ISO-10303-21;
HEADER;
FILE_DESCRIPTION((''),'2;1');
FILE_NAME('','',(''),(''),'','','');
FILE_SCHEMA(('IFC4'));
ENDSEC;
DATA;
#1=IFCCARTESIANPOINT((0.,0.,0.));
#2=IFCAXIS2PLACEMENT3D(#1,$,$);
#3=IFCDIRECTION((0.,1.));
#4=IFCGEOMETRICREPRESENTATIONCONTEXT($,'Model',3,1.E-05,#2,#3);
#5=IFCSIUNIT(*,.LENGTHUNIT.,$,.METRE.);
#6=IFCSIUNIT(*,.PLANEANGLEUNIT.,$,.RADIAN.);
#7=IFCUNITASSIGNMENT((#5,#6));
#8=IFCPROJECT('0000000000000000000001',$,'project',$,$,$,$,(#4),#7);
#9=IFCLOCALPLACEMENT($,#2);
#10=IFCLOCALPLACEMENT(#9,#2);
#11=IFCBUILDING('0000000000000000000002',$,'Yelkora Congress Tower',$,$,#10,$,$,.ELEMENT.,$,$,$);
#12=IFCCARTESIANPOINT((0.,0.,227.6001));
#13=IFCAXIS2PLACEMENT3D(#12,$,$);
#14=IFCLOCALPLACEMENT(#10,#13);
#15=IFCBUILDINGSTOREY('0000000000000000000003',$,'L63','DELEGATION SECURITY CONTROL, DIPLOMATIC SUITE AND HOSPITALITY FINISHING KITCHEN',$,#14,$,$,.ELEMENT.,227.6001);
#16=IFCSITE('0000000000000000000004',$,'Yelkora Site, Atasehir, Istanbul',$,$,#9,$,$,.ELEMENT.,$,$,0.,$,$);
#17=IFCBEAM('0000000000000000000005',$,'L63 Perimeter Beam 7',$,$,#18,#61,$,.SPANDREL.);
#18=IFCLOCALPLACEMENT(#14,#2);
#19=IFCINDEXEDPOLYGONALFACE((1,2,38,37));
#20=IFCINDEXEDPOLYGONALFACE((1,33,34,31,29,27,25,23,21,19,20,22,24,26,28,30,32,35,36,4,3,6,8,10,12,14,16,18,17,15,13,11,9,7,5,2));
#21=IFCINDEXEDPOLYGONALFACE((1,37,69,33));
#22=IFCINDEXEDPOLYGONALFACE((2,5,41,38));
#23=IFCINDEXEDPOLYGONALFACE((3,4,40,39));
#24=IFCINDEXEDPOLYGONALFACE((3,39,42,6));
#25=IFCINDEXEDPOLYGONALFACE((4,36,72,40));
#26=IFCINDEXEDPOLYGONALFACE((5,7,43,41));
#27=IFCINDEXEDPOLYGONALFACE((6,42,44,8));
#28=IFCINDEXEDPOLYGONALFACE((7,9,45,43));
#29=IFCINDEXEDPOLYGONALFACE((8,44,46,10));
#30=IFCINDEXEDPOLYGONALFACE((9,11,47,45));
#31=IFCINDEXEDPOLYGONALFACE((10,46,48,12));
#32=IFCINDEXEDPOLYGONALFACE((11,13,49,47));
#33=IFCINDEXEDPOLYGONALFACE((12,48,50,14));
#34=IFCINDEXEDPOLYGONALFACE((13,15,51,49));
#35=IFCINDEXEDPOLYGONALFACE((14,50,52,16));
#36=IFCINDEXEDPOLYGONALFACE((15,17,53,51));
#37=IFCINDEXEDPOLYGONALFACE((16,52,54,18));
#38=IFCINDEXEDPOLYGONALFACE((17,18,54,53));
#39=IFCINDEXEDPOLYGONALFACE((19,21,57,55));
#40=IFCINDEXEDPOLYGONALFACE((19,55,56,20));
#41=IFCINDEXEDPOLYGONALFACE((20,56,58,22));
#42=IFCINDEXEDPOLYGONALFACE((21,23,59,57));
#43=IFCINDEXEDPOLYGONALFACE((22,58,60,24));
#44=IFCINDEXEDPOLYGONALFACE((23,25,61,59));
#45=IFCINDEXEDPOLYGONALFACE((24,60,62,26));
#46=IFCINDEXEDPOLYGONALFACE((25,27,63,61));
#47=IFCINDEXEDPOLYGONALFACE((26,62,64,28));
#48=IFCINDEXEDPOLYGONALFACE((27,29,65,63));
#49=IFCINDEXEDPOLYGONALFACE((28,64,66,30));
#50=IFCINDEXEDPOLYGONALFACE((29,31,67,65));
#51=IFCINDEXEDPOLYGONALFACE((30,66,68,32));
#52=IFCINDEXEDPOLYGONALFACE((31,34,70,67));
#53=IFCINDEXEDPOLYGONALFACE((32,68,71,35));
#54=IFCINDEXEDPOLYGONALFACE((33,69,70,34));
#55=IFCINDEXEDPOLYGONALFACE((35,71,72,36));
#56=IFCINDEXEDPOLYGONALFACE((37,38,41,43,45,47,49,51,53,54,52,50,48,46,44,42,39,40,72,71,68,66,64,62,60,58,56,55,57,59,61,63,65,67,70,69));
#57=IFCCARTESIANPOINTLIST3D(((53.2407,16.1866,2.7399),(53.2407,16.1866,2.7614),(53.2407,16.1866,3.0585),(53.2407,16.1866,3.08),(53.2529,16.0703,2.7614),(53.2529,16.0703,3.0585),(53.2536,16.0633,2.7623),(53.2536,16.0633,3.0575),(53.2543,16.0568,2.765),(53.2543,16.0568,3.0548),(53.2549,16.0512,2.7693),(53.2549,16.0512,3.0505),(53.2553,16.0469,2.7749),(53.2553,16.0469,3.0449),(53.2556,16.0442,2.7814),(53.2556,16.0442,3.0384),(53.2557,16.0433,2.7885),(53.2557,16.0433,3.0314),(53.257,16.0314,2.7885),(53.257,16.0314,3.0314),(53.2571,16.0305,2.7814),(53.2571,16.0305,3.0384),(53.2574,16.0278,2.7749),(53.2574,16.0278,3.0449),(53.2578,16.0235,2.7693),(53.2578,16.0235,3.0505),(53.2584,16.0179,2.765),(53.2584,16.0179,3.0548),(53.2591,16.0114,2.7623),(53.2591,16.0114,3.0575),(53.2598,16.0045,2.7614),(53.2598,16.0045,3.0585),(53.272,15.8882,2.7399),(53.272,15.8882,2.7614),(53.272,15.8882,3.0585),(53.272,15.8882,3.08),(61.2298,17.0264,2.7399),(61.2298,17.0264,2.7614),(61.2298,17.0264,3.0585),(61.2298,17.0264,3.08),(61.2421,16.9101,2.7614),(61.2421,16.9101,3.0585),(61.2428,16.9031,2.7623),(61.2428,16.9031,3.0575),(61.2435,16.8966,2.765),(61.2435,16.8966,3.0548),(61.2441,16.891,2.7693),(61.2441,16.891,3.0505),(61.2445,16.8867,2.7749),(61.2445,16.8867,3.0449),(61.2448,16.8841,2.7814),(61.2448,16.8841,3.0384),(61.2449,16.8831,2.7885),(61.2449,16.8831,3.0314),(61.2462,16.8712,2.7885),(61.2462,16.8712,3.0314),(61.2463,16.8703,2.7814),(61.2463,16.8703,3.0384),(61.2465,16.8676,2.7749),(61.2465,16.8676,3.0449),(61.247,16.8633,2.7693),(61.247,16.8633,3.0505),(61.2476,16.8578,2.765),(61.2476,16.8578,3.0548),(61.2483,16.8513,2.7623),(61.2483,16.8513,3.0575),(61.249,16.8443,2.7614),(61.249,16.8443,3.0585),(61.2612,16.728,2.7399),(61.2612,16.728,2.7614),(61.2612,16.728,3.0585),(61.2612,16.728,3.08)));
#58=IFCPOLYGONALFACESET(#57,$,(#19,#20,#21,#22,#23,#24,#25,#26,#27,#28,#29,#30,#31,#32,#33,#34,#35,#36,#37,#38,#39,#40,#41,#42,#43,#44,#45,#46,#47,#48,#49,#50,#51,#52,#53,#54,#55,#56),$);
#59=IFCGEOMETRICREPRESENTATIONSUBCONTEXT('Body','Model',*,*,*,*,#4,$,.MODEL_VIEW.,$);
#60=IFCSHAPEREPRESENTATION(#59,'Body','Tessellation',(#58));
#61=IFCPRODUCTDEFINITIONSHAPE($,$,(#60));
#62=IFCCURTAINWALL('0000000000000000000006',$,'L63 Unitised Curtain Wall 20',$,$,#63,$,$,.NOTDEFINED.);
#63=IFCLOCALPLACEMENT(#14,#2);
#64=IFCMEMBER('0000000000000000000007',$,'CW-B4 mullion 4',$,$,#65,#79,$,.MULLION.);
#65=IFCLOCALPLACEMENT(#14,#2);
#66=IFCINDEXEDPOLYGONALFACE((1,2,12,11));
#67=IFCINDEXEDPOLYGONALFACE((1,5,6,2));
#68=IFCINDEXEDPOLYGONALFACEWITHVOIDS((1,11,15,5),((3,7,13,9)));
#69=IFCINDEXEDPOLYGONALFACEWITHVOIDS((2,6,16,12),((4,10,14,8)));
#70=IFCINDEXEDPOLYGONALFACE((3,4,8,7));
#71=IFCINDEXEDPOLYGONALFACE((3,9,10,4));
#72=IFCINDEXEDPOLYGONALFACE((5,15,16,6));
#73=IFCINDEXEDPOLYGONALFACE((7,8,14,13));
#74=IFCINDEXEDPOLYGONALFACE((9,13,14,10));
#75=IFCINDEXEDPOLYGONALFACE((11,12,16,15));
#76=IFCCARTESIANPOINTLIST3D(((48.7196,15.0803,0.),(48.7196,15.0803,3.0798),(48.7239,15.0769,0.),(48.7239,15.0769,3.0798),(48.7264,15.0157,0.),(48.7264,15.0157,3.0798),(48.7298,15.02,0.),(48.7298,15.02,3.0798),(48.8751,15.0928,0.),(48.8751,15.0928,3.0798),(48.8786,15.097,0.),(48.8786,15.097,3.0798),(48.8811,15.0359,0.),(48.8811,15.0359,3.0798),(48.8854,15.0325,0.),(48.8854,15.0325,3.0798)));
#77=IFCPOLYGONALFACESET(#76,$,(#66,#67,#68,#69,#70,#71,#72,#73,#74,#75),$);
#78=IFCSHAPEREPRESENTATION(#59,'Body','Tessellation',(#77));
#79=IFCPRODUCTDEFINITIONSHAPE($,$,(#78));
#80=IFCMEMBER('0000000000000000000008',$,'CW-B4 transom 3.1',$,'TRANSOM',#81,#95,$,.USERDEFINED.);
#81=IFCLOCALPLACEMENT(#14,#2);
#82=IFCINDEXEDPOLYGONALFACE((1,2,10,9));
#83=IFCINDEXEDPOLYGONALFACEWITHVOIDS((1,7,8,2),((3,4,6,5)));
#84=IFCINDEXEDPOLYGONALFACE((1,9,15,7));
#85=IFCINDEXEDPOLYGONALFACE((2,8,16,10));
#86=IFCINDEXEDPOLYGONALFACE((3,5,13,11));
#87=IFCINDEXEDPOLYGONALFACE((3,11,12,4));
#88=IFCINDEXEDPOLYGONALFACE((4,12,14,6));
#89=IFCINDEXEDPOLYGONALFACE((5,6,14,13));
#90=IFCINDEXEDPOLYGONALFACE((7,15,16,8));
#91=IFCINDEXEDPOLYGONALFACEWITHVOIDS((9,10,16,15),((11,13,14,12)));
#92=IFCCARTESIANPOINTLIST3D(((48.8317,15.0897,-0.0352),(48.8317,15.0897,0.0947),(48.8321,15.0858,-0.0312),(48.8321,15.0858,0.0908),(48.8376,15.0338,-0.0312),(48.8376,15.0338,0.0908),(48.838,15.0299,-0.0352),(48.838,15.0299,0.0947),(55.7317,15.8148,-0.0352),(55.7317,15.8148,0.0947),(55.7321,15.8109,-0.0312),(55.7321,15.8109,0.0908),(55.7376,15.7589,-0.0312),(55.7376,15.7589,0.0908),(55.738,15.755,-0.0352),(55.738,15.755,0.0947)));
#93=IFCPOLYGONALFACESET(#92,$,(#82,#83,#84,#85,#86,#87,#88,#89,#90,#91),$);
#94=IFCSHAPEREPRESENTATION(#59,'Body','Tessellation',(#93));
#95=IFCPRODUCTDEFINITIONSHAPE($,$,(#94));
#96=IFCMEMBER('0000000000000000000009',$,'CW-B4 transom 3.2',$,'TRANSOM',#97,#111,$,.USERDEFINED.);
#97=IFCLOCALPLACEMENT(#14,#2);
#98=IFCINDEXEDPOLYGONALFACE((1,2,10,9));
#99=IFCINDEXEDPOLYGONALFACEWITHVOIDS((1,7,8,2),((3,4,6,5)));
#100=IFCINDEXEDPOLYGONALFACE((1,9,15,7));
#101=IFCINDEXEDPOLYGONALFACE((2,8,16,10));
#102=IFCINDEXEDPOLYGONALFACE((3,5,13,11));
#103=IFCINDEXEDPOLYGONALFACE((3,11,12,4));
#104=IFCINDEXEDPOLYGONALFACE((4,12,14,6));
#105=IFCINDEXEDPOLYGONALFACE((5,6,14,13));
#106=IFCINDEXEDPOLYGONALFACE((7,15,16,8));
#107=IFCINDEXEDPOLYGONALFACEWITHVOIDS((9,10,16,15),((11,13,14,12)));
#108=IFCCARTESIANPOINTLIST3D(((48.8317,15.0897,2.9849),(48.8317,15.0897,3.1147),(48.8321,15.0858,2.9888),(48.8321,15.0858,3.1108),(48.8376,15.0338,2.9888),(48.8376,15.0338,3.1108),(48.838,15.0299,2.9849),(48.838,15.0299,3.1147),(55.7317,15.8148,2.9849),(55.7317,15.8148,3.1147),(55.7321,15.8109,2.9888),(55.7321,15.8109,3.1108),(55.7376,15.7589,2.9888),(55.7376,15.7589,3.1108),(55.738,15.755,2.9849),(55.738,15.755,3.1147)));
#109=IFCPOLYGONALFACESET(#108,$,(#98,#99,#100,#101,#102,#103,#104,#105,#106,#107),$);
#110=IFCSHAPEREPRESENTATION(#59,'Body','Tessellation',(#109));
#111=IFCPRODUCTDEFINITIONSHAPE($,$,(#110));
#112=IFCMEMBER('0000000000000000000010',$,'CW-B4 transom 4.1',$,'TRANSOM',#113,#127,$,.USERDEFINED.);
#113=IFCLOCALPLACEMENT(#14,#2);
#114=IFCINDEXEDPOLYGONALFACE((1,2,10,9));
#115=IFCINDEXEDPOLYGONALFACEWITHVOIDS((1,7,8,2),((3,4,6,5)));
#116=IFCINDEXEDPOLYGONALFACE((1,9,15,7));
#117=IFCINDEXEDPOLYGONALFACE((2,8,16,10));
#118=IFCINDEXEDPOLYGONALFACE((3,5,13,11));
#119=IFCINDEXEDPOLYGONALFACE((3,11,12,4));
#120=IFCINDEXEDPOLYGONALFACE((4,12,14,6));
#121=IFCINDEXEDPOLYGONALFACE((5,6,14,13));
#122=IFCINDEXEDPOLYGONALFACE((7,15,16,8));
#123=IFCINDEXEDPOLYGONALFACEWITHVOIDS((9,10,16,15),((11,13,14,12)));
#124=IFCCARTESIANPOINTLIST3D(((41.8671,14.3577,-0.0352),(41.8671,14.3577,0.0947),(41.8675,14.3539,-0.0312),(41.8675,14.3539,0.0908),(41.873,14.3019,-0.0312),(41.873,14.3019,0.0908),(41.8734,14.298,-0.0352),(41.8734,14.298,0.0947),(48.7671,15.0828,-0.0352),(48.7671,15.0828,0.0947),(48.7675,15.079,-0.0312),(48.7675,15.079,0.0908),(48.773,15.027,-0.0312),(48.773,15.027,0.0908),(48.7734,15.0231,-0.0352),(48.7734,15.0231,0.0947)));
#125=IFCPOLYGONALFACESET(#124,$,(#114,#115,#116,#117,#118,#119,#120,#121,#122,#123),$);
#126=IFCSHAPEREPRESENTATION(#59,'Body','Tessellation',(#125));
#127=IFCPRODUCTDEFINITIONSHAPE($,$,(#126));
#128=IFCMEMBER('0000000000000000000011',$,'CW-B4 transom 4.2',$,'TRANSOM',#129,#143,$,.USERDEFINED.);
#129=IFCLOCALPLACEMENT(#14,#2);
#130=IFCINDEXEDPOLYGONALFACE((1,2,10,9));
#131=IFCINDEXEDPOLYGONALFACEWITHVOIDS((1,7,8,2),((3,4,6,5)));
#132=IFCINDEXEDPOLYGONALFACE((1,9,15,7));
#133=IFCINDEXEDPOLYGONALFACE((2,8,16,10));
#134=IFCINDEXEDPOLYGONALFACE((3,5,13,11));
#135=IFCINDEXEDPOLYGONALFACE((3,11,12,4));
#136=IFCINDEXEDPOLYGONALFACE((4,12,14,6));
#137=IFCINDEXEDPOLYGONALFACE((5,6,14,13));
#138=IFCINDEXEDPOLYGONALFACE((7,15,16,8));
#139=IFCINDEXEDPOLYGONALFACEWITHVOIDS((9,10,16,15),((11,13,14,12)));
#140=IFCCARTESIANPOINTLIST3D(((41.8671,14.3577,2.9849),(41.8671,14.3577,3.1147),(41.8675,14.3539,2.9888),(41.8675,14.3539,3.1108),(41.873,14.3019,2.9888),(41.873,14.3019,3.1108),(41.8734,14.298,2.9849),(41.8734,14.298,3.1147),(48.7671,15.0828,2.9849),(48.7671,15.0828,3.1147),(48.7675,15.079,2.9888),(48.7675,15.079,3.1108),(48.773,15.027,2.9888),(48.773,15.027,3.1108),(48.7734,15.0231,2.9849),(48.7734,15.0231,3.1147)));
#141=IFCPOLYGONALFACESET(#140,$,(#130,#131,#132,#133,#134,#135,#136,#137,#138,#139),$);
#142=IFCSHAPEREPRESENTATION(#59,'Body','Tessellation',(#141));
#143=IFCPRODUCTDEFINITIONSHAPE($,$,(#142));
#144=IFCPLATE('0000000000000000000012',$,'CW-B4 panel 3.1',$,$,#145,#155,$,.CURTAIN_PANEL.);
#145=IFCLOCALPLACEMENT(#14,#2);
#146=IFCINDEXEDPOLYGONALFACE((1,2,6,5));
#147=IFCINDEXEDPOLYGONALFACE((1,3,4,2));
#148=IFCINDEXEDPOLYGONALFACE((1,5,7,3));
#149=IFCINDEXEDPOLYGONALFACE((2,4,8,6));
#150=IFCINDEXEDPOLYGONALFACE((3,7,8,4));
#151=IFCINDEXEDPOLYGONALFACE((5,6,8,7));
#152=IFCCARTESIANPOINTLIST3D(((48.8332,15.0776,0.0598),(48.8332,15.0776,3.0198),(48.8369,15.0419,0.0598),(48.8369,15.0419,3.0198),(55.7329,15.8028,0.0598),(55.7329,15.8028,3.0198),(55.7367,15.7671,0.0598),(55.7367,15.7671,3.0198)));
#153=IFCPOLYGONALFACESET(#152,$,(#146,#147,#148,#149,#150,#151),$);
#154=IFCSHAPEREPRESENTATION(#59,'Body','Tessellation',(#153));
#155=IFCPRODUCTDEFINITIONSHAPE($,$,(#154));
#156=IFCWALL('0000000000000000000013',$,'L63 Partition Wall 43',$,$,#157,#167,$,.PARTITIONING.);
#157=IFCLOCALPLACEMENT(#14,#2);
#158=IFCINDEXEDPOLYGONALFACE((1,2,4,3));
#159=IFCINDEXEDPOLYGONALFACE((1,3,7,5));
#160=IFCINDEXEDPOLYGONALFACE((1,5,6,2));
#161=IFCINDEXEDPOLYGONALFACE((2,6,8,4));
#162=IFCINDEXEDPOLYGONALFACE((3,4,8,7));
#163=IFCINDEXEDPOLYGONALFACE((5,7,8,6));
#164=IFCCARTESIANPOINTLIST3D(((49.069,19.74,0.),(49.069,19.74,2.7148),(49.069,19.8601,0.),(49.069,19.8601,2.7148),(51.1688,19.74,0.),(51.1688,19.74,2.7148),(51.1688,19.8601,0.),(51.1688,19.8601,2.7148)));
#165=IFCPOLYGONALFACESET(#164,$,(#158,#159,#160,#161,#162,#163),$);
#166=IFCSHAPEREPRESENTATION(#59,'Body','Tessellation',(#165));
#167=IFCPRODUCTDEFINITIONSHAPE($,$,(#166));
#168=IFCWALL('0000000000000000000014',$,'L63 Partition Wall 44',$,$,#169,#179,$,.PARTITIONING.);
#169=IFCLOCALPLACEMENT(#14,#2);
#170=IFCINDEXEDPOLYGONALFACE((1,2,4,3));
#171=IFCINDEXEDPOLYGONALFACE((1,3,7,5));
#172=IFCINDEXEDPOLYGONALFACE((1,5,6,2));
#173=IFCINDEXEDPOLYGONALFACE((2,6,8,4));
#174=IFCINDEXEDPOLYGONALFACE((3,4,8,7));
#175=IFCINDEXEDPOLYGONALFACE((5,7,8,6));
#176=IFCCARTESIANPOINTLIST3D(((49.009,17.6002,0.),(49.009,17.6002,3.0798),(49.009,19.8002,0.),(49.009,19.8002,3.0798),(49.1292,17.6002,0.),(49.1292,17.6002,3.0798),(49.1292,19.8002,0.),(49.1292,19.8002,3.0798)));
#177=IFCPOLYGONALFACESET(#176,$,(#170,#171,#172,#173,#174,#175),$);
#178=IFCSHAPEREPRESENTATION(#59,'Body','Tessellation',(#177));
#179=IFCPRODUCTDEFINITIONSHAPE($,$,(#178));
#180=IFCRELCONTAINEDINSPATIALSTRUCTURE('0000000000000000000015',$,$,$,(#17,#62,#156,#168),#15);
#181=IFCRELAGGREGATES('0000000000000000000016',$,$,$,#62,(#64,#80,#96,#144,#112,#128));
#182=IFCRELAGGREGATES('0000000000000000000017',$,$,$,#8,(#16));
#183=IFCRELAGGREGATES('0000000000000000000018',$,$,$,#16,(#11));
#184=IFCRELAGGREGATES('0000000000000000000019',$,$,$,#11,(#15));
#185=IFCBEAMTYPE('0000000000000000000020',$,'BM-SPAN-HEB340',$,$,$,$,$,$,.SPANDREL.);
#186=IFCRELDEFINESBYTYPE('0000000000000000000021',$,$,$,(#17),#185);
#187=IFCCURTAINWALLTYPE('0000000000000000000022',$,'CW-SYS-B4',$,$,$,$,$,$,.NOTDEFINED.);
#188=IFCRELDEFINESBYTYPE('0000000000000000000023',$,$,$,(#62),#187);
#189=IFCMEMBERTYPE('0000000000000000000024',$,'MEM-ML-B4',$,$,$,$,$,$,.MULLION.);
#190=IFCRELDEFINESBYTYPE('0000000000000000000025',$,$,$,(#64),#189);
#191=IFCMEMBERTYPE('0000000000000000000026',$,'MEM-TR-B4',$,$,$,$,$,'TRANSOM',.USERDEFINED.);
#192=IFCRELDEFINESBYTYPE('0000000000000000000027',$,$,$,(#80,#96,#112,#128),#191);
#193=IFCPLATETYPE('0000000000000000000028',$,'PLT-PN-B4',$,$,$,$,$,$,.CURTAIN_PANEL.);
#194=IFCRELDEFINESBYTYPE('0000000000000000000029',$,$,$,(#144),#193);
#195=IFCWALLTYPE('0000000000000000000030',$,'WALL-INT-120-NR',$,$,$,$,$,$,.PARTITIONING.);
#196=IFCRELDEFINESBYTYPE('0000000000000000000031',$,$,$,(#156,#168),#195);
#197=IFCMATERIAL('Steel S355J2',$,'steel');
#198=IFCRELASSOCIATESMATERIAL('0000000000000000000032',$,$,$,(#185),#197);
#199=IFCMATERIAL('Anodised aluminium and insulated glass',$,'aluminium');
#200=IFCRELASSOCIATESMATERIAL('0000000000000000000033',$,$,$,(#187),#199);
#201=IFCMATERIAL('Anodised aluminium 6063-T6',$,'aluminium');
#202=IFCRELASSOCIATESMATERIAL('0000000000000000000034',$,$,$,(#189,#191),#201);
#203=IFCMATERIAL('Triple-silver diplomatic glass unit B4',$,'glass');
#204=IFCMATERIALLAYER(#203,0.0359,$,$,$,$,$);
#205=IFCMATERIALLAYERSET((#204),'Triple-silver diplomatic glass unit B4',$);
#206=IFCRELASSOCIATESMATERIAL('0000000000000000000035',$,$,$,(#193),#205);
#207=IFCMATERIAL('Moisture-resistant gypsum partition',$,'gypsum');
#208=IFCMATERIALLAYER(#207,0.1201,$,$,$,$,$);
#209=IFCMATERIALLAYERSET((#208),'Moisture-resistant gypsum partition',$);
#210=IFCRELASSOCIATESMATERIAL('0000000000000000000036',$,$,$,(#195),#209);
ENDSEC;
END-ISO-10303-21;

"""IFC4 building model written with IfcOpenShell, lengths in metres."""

from ifc_helpers import new_model, si_unit, direction, frame, frame_2d, origin, origin_2d, place, context, subcontext, project, spatial, rectangle, hollow_rectangle, i_section, extrude, material, layer, layer_set, material_profile, profile_set, type_object, element, aggregate, save


model = new_model("IFC4")

# Units and contexts
model_context = context("Model", 3, precision=1e-05, world=origin(), true_north=direction((0.0, 1.0)))
body_context = subcontext(model_context, "Body", "Model", "MODEL_VIEW")
ifc_project = project(units=[si_unit("LENGTHUNIT", "METRE"), si_unit("PLANEANGLEUNIT", "RADIAN")], contexts=[model_context])

# Site, building, storey
site_placement = place(None, origin())
site = spatial("IfcSite", under=ifc_project, at=site_placement, Name="Yelkora Site, Atasehir, Istanbul", CompositionType="ELEMENT", RefElevation=0.0)
building_placement = place(site_placement, origin())
building = spatial("IfcBuilding", under=site, at=building_placement, Name="Yelkora Congress Tower", CompositionType="ELEMENT")
storey_placement = place(building_placement, frame((0.0, 0.0, 227.6001)))
storey = spatial("IfcBuildingStorey", under=building, at=storey_placement, Name="L63", Description="DELEGATION SECURITY CONTROL, DIPLOMATIC SUITE AND HOSPITALITY FINISHING KITCHEN", CompositionType="ELEMENT", Elevation=227.6001)

# Shared definitions
ifc_material_1 = material(Name="Steel S355J2", Category="steel")

# Beam
ifc_material_profile_1 = material_profile(ifc_material_1, i_section(OverallWidth=0.3, OverallDepth=0.3401, WebThickness=0.012, FlangeThickness=0.0215, FilletRadius=0.0271, at=origin_2d()), Name="HEB 340")
ifc_profile_set_1 = profile_set([ifc_material_profile_1], Name="Steel S355J2")
beam_type_1 = type_object("IfcBeamType", Name="BM-SPAN-HEB340", PredefinedType="SPANDREL", material=ifc_profile_set_1)
beam_1_placement = place(storey_placement, frame((53.2563, 16.0374, 2.9099), z_axis=(0.99452, 0.104546, 0.0), x_axis=(-0.104546, 0.99452, 0.0)))
element("IfcBeam", 1, at=beam_1_placement, inside=storey, type_object=beam_type_1, Name="L63 Perimeter Beam 7", PredefinedType="SPANDREL", context=body_context, shape_type="SweptSolid", body=[
    extrude(i_section(OverallWidth=0.3, OverallDepth=0.3401, WebThickness=0.012, FlangeThickness=0.0215, FilletRadius=0.0271, at=origin_2d()), origin(), (0.0, 0.0, 1.0), 8.0332),
])

# Curtain wall, members, plate
ifc_material_2 = material(Name="Anodised aluminium and insulated glass", Category="aluminium")
curtain_wall_type = type_object("IfcCurtainWallType", Name="CW-SYS-B4", PredefinedType="NOTDEFINED", material=ifc_material_2)
curtain_wall_placement = place(storey_placement, origin())
curtain_wall = element("IfcCurtainWall", 2, at=curtain_wall_placement, inside=storey, type_object=curtain_wall_type, Name="L63 Unitised Curtain Wall 20", PredefinedType="NOTDEFINED")
ifc_material_3 = material(Name="Anodised aluminium 6063-T6", Category="aluminium")
ifc_material_profile_2 = material_profile(ifc_material_3, hollow_rectangle(XDim=0.0649, YDim=0.1599, WallThickness=0.0039, at=origin_2d()), Name="ALU 65x160x4")
ifc_profile_set_2 = profile_set([ifc_material_profile_2], Name="Anodised aluminium 6063-T6")
member_type_1 = type_object("IfcMemberType", Name="MEM-ML-B4", PredefinedType="MULLION", material=ifc_profile_set_2)
member_1_placement = place(storey_placement, frame((48.8025, 15.0564, 0.0), z_axis=(0.0, 0.0, 1.0), x_axis=(0.104527, -0.994522, 0.0)))
member_1 = element("IfcMember", 3, at=member_1_placement, type_object=member_type_1, Name="CW-B4 mullion 4", PredefinedType="MULLION", context=body_context, shape_type="SweptSolid", body=[
    extrude(hollow_rectangle(XDim=0.0649, YDim=0.1599, WallThickness=0.0039, at=origin_2d()), origin(), (0.0, 0.0, 1.0), 3.0798),
])
ifc_material_profile_3 = material_profile(ifc_material_3, hollow_rectangle(XDim=0.0601, YDim=0.1299, WallThickness=0.0039, at=origin_2d()), Name="ALU 60x130x4")
ifc_profile_set_3 = profile_set([ifc_material_profile_3], Name="Anodised aluminium 6063-T6")
member_type_2 = type_object("IfcMemberType", Name="MEM-TR-B4", ElementType="TRANSOM", PredefinedType="USERDEFINED", material=ifc_profile_set_3)
member_2_placement = place(storey_placement, frame((55.7349, 15.7849, 0.0298), z_axis=(-0.994524, -0.104513, 0.0), x_axis=(0.104513, -0.994524, 0.0)))
member_2 = element("IfcMember", 4, at=member_2_placement, type_object=member_type_2, Name="CW-B4 transom 3.1", ObjectType="TRANSOM", PredefinedType="USERDEFINED", context=body_context, shape_type="SweptSolid", body=[
    extrude(hollow_rectangle(XDim=0.0601, YDim=0.1299, WallThickness=0.0039, at=origin_2d()), origin(), (0.0, 0.0, 1.0), 6.938),
])
member_3_placement = place(storey_placement, frame((55.7349, 15.7849, 3.0498), z_axis=(-0.994524, -0.104513, 0.0), x_axis=(0.104513, -0.994524, 0.0)))
member_3 = element("IfcMember", 5, at=member_3_placement, type_object=member_type_2, Name="CW-B4 transom 3.2", ObjectType="TRANSOM", PredefinedType="USERDEFINED", context=body_context, shape_type="SweptSolid", body=[
    extrude(hollow_rectangle(XDim=0.0601, YDim=0.1299, WallThickness=0.0039, at=origin_2d()), origin(), (0.0, 0.0, 1.0), 6.938),
])
member_4_placement = place(storey_placement, frame((48.7703, 15.053, 0.0298), z_axis=(-0.994524, -0.104513, 0.0), x_axis=(0.104513, -0.994524, 0.0)))
member_4 = element("IfcMember", 6, at=member_4_placement, type_object=member_type_2, Name="CW-B4 transom 4.1", ObjectType="TRANSOM", PredefinedType="USERDEFINED", context=body_context, shape_type="SweptSolid", body=[
    extrude(hollow_rectangle(XDim=0.0601, YDim=0.1299, WallThickness=0.0039, at=origin_2d()), origin(), (0.0, 0.0, 1.0), 6.938),
])
member_5_placement = place(storey_placement, frame((48.7703, 15.053, 3.0498), z_axis=(-0.994524, -0.104513, 0.0), x_axis=(0.104513, -0.994524, 0.0)))
member_5 = element("IfcMember", 7, at=member_5_placement, type_object=member_type_2, Name="CW-B4 transom 4.2", ObjectType="TRANSOM", PredefinedType="USERDEFINED", context=body_context, shape_type="SweptSolid", body=[
    extrude(hollow_rectangle(XDim=0.0601, YDim=0.1299, WallThickness=0.0039, at=origin_2d()), origin(), (0.0, 0.0, 1.0), 6.938),
])
ifc_material_4 = material(Name="Triple-silver diplomatic glass unit B4", Category="glass")
ifc_layer_1 = layer(ifc_material_4, 0.0359)
ifc_layer_set_1 = layer_set([ifc_layer_1], Name="Triple-silver diplomatic glass unit B4")
plate_type = type_object("IfcPlateType", Name="PLT-PN-B4", PredefinedType="CURTAIN_PANEL", material=ifc_layer_set_1)
plate_placement = place(storey_placement, frame((52.2849, 15.4224, 0.0598), z_axis=(0.0, 0.0, 1.0), x_axis=(-0.994522, -0.104527, 0.0)))
plate = element("IfcPlate", 8, at=plate_placement, type_object=plate_type, Name="CW-B4 panel 3.1", PredefinedType="CURTAIN_PANEL", context=body_context, shape_type="SweptSolid", body=[
    extrude(rectangle(XDim=6.9377, YDim=0.0359, at=origin_2d()), origin(), (0.0, 0.0, 1.0), 2.96),
])
aggregate(curtain_wall, [member_1, member_2, member_3, plate, member_4, member_5])

# Walls
ifc_material_5 = material(Name="Moisture-resistant gypsum partition", Category="gypsum")
ifc_layer_2 = layer(ifc_material_5, 0.1201)
ifc_layer_set_2 = layer_set([ifc_layer_2], Name="Moisture-resistant gypsum partition")
wall_type_1 = type_object("IfcWallType", Name="WALL-INT-120-NR", PredefinedType="PARTITIONING", material=ifc_layer_set_2)
wall_1_placement = place(storey_placement, frame((49.0691, 19.8, 0.0), z_axis=(0.0, 0.0, 1.0), x_axis=(1.0, 0.0, 0.0)))
element("IfcWall", 9, at=wall_1_placement, inside=storey, type_object=wall_type_1, Name="L63 Partition Wall 43", PredefinedType="PARTITIONING", context=body_context, shape_type="SweptSolid", body=[
    extrude(rectangle(XDim=2.0999, YDim=0.1201, at=frame_2d((1.0498, 0.0))), origin(), (0.0, 0.0, 1.0), 2.7148),
])
for number, where, z_axis, x_axis, name in (
    (10, (49.0691, 17.6001, 0.0), (0.0, 0.0, 1.0), (0.0, 1.0, 0.0), "L63 Partition Wall 44"),
):
    element("IfcWall", number, at=place(storey_placement, frame(where, z_axis=z_axis, x_axis=x_axis)), inside=storey, type_object=wall_type_1, Name=name, PredefinedType="PARTITIONING", context=body_context, shape_type="SweptSolid", body=[
        extrude(rectangle(XDim=2.2, YDim=0.1201, at=frame_2d((1.1001, 0.0))), origin(), (0.0, 0.0, 1.0), 3.0798),
    ])

save(model, "model.ifc")
